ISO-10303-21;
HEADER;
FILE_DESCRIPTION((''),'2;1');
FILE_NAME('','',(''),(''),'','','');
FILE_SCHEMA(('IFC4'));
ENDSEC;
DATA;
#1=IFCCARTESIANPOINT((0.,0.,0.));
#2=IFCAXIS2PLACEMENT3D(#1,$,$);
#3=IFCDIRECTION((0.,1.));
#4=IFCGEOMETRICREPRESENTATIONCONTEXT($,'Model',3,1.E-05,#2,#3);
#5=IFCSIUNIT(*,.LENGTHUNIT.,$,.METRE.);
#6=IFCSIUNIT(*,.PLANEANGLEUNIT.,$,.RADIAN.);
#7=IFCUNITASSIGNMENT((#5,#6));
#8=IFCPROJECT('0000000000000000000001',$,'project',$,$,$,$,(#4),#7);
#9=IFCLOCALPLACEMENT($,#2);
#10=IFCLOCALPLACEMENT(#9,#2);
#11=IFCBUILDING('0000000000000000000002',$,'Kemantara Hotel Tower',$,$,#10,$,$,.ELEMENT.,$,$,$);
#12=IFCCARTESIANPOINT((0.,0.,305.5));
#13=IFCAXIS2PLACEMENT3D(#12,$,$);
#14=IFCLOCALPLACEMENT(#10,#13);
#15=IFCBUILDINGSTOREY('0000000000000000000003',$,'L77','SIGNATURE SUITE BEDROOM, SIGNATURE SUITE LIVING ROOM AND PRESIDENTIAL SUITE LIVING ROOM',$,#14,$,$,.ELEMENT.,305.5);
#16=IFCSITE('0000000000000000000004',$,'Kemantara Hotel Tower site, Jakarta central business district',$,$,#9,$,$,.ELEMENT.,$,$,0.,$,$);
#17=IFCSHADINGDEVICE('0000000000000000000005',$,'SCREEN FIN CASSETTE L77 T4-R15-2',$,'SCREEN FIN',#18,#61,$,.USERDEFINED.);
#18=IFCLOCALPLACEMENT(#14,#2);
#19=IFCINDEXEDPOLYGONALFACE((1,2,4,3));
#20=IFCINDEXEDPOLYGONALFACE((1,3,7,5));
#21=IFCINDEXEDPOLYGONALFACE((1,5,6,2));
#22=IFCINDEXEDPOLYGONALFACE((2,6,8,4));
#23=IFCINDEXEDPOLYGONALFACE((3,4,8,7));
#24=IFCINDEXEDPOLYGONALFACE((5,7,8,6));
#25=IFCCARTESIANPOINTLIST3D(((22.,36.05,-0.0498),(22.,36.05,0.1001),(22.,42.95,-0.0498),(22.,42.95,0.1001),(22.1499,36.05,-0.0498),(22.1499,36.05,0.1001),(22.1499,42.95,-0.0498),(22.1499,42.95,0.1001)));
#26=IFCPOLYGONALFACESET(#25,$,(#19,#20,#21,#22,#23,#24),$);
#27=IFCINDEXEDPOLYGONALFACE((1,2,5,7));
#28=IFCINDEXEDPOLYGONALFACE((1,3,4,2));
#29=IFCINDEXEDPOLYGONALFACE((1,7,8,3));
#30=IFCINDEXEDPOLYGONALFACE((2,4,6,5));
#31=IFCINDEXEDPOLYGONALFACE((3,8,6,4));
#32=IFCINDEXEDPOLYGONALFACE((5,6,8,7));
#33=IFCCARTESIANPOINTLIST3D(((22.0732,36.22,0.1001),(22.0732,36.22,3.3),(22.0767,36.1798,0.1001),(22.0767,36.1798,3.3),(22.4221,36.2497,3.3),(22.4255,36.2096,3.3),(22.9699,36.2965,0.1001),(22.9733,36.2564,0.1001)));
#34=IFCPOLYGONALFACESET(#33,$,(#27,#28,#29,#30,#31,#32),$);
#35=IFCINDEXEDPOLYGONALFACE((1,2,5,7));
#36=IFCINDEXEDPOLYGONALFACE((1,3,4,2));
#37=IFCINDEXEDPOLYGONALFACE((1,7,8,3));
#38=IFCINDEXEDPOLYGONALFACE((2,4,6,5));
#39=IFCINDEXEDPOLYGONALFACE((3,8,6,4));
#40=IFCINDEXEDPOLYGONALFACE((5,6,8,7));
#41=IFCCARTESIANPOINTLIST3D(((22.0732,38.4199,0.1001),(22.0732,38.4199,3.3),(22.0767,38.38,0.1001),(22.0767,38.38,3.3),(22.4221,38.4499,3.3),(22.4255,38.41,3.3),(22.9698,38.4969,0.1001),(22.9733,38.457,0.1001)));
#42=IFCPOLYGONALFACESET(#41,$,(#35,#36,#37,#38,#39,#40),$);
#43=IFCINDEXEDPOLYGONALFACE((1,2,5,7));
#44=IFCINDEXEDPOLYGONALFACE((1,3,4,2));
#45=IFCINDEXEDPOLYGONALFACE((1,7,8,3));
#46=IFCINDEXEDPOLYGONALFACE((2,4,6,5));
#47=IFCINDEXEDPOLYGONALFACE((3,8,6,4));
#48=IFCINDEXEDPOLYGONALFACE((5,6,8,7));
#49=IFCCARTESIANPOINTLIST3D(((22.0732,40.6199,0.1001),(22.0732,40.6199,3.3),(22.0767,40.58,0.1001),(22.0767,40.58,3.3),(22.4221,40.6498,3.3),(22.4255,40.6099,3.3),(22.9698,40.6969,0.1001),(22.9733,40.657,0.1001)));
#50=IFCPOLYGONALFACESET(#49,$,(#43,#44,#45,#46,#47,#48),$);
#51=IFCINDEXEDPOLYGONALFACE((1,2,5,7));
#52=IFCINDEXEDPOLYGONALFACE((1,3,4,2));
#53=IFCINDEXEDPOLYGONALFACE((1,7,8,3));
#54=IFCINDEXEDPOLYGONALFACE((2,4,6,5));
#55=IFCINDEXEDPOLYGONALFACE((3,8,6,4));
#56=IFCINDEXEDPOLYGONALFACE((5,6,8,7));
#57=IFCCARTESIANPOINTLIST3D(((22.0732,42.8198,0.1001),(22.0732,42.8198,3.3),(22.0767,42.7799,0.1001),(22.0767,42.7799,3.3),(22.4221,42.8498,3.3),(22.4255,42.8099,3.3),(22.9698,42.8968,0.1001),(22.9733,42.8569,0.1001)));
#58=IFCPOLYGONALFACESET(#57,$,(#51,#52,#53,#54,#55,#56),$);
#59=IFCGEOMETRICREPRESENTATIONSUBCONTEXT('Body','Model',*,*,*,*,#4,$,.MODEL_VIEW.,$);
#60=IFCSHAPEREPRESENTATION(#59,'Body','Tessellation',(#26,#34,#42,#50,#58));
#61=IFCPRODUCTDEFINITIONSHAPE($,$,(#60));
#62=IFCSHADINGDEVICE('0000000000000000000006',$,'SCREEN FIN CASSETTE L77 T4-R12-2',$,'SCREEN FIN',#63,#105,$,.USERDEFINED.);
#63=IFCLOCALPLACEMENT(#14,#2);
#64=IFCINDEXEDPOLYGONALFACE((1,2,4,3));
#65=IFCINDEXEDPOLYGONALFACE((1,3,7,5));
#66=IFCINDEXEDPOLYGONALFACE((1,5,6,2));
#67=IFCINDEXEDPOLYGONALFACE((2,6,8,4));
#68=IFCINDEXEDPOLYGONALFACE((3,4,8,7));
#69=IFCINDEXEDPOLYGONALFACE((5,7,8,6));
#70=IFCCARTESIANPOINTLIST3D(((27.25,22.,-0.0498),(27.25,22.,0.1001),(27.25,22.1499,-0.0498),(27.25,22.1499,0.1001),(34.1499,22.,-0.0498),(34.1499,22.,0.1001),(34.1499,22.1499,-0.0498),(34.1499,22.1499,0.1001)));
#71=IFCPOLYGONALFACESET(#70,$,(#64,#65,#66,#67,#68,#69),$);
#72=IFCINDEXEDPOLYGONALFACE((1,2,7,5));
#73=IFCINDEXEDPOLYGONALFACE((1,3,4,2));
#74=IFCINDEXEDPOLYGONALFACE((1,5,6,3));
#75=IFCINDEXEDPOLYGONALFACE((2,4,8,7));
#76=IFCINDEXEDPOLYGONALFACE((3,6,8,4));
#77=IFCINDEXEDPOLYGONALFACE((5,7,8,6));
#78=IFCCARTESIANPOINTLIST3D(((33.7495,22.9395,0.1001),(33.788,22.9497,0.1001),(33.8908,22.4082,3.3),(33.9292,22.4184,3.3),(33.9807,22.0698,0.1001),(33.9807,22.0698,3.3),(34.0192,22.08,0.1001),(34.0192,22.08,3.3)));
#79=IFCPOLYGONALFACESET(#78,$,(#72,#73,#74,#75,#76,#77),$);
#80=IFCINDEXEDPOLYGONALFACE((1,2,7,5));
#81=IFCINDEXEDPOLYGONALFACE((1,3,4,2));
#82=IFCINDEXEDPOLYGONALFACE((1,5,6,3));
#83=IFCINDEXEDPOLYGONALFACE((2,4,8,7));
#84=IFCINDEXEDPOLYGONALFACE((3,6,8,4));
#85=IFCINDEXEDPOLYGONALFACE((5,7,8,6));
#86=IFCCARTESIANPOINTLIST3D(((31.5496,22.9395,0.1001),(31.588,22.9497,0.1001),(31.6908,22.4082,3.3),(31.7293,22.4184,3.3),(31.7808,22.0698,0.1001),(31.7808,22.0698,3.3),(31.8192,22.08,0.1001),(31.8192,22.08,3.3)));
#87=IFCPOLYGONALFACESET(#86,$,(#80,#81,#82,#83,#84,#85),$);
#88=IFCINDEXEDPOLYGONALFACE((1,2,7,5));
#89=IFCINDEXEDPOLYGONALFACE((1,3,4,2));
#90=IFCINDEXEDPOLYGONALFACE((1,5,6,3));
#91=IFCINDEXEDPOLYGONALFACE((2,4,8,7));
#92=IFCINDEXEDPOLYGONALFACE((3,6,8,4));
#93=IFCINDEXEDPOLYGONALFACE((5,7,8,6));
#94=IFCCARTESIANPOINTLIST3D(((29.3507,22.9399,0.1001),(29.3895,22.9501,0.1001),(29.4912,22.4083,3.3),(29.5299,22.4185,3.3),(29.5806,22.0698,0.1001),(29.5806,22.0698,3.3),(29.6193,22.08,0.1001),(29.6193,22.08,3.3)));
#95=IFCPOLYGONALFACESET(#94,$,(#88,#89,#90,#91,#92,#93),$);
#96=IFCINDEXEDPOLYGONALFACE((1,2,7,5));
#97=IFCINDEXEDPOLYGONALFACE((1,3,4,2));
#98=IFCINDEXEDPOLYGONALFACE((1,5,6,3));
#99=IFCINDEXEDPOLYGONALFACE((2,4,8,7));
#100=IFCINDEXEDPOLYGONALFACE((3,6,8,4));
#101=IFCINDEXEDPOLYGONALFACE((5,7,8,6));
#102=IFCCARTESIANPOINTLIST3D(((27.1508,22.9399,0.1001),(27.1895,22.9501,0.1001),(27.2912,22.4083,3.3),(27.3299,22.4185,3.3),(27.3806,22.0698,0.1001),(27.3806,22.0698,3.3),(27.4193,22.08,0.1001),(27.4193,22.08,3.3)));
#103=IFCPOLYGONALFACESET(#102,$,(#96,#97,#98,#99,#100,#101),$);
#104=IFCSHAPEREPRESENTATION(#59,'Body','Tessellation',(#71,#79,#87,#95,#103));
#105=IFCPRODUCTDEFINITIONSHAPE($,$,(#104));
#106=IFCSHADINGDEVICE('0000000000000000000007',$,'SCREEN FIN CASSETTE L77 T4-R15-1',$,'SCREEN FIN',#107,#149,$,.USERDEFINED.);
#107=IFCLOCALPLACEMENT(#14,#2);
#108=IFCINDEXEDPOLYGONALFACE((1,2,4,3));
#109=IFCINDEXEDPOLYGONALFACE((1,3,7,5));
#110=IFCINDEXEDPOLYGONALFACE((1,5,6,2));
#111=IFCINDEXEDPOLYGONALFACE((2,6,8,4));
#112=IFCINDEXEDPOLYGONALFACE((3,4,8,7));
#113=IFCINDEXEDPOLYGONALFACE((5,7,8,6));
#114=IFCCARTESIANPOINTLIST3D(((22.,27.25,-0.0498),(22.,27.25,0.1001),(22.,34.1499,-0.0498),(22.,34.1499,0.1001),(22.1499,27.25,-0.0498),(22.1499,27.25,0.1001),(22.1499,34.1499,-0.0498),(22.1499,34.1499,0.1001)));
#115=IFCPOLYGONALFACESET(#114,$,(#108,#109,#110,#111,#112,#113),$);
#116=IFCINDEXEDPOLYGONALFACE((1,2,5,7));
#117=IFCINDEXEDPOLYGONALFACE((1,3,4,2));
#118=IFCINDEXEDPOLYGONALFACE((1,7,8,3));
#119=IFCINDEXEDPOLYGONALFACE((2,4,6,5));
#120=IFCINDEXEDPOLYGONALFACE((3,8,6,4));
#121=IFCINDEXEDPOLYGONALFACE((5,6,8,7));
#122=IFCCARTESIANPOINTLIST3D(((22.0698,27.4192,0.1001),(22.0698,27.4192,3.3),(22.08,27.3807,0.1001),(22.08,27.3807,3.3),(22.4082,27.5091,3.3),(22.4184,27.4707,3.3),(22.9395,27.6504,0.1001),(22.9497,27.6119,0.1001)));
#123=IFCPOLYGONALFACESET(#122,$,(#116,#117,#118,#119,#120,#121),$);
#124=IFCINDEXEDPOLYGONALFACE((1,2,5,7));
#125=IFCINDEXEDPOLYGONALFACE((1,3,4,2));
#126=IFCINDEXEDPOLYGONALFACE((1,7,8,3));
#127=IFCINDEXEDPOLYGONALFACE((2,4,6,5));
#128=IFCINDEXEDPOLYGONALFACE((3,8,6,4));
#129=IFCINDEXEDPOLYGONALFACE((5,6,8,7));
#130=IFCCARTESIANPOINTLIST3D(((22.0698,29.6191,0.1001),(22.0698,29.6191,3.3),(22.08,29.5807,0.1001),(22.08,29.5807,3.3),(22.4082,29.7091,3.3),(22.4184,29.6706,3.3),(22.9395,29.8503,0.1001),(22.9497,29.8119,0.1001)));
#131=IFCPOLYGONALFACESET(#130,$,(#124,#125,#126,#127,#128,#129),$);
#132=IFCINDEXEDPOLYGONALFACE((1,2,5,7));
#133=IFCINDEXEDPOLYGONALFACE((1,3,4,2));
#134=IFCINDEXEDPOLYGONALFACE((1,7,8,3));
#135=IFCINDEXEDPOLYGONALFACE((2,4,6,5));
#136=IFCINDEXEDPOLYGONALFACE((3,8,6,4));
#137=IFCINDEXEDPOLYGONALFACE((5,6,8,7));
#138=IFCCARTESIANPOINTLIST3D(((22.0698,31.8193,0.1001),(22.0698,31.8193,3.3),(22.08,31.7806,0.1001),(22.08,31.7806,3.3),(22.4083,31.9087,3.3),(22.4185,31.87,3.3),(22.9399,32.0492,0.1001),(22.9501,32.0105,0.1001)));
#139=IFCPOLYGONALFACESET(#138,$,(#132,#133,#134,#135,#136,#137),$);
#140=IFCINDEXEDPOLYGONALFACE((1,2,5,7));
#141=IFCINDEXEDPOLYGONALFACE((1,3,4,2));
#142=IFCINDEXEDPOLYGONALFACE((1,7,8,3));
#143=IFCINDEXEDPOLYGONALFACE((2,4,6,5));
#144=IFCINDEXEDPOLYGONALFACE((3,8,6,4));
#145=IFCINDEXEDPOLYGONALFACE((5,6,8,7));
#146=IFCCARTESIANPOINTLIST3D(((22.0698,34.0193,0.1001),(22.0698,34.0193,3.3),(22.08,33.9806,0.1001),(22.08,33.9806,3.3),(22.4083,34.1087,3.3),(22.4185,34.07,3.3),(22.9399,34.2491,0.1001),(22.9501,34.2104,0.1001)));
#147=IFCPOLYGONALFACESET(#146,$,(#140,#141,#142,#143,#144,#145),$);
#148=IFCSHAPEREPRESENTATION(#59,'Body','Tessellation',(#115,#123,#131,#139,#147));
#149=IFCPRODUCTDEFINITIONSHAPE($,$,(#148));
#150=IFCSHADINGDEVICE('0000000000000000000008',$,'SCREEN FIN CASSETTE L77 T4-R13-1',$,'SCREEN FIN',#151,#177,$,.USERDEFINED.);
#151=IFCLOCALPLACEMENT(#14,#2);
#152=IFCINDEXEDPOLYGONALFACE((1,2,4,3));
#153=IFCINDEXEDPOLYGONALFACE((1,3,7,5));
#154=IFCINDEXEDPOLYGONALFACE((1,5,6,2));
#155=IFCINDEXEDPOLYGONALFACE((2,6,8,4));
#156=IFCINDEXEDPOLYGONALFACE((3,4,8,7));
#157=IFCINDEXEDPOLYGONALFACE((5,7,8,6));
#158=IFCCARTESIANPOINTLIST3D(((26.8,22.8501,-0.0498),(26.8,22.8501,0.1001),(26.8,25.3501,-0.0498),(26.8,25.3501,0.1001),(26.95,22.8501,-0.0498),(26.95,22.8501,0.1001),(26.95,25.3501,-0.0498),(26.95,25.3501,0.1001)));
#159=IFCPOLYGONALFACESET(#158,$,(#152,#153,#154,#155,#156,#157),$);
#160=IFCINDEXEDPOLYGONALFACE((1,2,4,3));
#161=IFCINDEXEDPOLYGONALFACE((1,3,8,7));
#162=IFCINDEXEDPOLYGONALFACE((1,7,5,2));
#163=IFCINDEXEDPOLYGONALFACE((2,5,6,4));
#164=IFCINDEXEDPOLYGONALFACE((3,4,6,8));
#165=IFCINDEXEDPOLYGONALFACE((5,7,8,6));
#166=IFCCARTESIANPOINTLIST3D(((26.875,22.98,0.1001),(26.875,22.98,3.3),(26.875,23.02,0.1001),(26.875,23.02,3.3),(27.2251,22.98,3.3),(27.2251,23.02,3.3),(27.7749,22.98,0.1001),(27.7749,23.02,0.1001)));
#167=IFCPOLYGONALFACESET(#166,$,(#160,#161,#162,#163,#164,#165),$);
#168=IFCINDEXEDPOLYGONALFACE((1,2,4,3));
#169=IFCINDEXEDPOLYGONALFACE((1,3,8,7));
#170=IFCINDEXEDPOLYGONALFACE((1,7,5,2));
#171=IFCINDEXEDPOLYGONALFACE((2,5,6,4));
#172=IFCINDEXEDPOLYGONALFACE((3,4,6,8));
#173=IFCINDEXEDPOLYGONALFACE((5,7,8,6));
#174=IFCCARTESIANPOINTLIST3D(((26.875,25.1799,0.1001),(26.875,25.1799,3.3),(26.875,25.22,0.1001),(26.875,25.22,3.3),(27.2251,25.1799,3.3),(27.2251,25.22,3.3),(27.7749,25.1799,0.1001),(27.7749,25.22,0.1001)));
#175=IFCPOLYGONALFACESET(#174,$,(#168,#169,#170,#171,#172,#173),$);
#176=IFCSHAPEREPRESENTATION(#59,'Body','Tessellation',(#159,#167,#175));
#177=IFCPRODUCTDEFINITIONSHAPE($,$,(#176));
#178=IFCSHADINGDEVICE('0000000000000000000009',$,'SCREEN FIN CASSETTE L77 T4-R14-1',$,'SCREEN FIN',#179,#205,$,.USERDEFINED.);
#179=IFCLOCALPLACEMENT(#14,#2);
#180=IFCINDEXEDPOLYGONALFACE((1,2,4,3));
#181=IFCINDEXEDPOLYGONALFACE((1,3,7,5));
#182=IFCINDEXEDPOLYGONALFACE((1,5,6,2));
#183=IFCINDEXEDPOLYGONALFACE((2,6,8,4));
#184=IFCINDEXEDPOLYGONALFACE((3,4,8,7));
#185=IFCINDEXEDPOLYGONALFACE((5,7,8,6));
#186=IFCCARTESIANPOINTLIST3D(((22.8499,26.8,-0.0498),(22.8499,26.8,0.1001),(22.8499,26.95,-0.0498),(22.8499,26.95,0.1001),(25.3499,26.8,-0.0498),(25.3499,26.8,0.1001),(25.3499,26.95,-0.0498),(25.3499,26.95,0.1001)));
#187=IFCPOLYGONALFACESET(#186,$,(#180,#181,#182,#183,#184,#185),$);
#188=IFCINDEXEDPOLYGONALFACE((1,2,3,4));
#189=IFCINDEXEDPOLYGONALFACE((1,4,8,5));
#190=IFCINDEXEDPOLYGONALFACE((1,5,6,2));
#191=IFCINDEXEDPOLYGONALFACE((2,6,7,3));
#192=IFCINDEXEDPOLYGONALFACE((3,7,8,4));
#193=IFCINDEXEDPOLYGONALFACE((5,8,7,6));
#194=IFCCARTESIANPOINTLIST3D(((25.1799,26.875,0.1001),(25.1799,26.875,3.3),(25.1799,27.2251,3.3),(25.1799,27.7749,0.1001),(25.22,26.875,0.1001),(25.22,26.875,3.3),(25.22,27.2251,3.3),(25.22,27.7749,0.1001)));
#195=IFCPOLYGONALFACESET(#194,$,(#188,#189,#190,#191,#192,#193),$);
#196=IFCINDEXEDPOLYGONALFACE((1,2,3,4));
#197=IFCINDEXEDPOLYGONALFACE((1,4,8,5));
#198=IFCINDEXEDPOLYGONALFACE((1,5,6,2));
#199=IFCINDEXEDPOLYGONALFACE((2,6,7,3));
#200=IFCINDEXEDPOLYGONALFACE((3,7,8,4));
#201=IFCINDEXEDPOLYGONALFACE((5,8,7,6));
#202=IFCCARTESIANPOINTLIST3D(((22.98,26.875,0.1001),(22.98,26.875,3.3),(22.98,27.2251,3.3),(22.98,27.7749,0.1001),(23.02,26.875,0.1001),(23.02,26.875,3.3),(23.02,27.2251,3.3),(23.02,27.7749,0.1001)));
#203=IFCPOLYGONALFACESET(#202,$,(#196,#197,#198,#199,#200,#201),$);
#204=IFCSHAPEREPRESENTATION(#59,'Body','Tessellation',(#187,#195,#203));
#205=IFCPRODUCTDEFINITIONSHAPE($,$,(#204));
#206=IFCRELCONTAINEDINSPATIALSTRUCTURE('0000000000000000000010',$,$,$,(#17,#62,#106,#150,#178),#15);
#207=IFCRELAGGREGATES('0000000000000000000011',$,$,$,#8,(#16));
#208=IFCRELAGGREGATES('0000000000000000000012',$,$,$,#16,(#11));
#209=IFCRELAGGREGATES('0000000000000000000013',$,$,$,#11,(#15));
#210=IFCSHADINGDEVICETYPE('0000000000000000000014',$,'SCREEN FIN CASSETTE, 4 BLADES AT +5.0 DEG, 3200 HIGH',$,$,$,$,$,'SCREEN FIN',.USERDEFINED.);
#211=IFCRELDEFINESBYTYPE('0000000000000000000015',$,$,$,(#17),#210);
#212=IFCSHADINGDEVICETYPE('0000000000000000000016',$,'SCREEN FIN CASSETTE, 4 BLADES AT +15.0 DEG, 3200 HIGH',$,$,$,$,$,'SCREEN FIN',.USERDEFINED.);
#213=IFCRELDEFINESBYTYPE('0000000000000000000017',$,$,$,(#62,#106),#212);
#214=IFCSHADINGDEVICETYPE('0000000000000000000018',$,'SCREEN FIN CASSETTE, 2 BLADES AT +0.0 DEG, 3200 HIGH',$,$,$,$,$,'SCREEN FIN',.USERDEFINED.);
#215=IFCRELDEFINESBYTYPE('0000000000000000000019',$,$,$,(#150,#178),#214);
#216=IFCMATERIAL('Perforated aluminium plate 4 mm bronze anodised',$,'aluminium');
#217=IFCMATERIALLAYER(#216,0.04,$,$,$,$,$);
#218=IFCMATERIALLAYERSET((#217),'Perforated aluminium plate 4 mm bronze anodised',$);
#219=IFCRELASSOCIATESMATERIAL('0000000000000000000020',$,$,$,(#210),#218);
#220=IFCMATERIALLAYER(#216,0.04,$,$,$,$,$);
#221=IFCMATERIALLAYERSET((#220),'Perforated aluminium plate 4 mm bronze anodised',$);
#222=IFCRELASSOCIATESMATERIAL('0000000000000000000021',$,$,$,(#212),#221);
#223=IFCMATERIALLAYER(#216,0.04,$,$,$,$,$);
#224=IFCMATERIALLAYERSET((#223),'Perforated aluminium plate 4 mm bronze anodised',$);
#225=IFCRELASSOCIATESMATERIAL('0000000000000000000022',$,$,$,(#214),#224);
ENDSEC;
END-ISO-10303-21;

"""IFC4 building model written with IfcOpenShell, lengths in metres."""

from ifc_helpers import new_model, si_unit, direction, frame, origin, origin_2d, place, context, subcontext, project, spatial, polyline, rectangle, outline, extrude, source, transform, mapped, material, layer, layer_set, type_object, element, save


model = new_model("IFC4")

# Units and contexts
model_context = context("Model", 3, precision=1e-05, world=origin(), true_north=direction((0.0, 1.0)))
body_context = subcontext(model_context, "Body", "Model", "MODEL_VIEW")
ifc_project = project(units=[si_unit("LENGTHUNIT", "METRE"), si_unit("PLANEANGLEUNIT", "RADIAN")], contexts=[model_context])

# Site, building, storey
site_placement = place(None, origin())
site = spatial("IfcSite", under=ifc_project, at=site_placement, Name="Kemantara Hotel Tower site, Jakarta central business district", CompositionType="ELEMENT", RefElevation=0.0)
building_placement = place(site_placement, origin())
building = spatial("IfcBuilding", under=site, at=building_placement, Name="Kemantara Hotel Tower", CompositionType="ELEMENT")
storey_placement = place(building_placement, frame((0.0, 0.0, 305.5)))
storey = spatial("IfcBuildingStorey", under=building, at=storey_placement, Name="L77", Description="SIGNATURE SUITE BEDROOM, SIGNATURE SUITE LIVING ROOM AND PRESIDENTIAL SUITE LIVING ROOM", CompositionType="ELEMENT", Elevation=305.5)

# Shading devices
ifc_material_1 = material(Name="Perforated aluminium plate 4 mm bronze anodised", Category="aluminium")
ifc_layer_1 = layer(ifc_material_1, 0.04)
ifc_layer_set_1 = layer_set([ifc_layer_1], Name="Perforated aluminium plate 4 mm bronze anodised")
shading_device_type_1 = type_object("IfcShadingDeviceType", Name="SCREEN FIN CASSETTE, 4 BLADES AT +5.0 DEG, 3200 HIGH", ElementType="SCREEN FIN", PredefinedType="USERDEFINED", material=ifc_layer_set_1)
shared_shape_1 = source(origin(), body_context, "Body", "SweptSolid", [
    extrude(rectangle(XDim=6.8999, YDim=0.1499, at=origin_2d()), frame((3.3, -0.075, -0.1499), z_axis=(0.0, 0.0, 1.0), x_axis=(1.0, 0.0, 0.0)), (0.0, 0.0, 1.0), 0.1499),
    extrude(outline(polyline([(0.0, 0.0), (0.8999, 0.0), (0.3501, 3.2), (0.0, 3.2), (0.0, 0.0)])), frame((0.02, -0.0732, 0.0), z_axis=(-0.996376, -0.085056, 0.0), x_axis=(0.085056, -0.996376, 0.0)), (0.0, 0.0, 1.0), 0.0403),
    extrude(outline(polyline([(0.0, 0.0), (0.8999, 0.0), (0.3501, 3.2), (0.0, 3.2), (0.0, 0.0)])), frame((2.22, -0.0732, 0.0), z_axis=(-0.996332, -0.085575, 0.0), x_axis=(0.085575, -0.996332, 0.0)), (0.0, 0.0, 1.0), 0.04),
    extrude(outline(polyline([(0.0, 0.0), (0.8999, 0.0), (0.3501, 3.2), (0.0, 3.2), (0.0, 0.0)])), frame((4.4199, -0.0732, 0.0), z_axis=(-0.996332, -0.085575, 0.0), x_axis=(0.085575, -0.996332, 0.0)), (0.0, 0.0, 1.0), 0.04),
    extrude(outline(polyline([(0.0, 0.0), (0.8999, 0.0), (0.3501, 3.2), (0.0, 3.2), (0.0, 0.0)])), frame((6.6199, -0.0732, 0.0), z_axis=(-0.996332, -0.085575, 0.0), x_axis=(0.085575, -0.996332, 0.0)), (0.0, 0.0, 1.0), 0.04),
])
shading_device_placement = place(storey_placement, frame((22.0, 36.2, 0.1001), z_axis=(0.0, 0.0, 1.0), x_axis=(0.0, 1.0, 0.0)))
element("IfcShadingDevice", 1, at=shading_device_placement, inside=storey, type_object=shading_device_type_1, Name="SCREEN FIN CASSETTE L77 T4-R15-2", ObjectType="SCREEN FIN", PredefinedType="USERDEFINED", context=body_context, shape_type="MappedRepresentation", body=[
    mapped(shared_shape_1, transform((0.0, 0.0, 0.0))),
])
ifc_layer_2 = layer(ifc_material_1, 0.04)
ifc_layer_set_2 = layer_set([ifc_layer_2], Name="Perforated aluminium plate 4 mm bronze anodised")
shading_device_type_2 = type_object("IfcShadingDeviceType", Name="SCREEN FIN CASSETTE, 4 BLADES AT +15.0 DEG, 3200 HIGH", ElementType="SCREEN FIN", PredefinedType="USERDEFINED", material=ifc_layer_set_2)
shared_shape_2 = source(origin(), body_context, "Body", "SweptSolid", [
    extrude(rectangle(XDim=6.8999, YDim=0.1499, at=origin_2d()), frame((3.3, -0.075, -0.1499), z_axis=(0.0, 0.0, 1.0), x_axis=(1.0, 0.0, 0.0)), (0.0, 0.0, 1.0), 0.1499),
    extrude(outline(polyline([(0.0, 0.0), (0.8999, 0.0), (0.3501, 3.2), (0.0, 3.2), (0.0, 0.0)])), frame((0.0193, -0.0698, 0.0), z_axis=(-0.966438, -0.256901, 0.0), x_axis=(0.256901, -0.966438, 0.0)), (0.0, 0.0, 1.0), 0.0398),
    extrude(outline(polyline([(0.0, 0.0), (0.8999, 0.0), (0.3501, 3.2), (0.0, 3.2), (0.0, 0.0)])), frame((2.2192, -0.0698, 0.0), z_axis=(-0.966438, -0.256901, 0.0), x_axis=(0.256901, -0.966438, 0.0)), (0.0, 0.0, 1.0), 0.0398),
    extrude(outline(polyline([(0.0, 0.0), (0.8999, 0.0), (0.3501, 3.2), (0.0, 3.2), (0.0, 0.0)])), frame((4.4194, -0.0698, 0.0), z_axis=(-0.966838, -0.255391, 0.0), x_axis=(0.255391, -0.966838, 0.0)), (0.0, 0.0, 1.0), 0.04),
    extrude(outline(polyline([(0.0, 0.0), (0.8999, 0.0), (0.3501, 3.2), (0.0, 3.2), (0.0, 0.0)])), frame((6.6194, -0.0698, 0.0), z_axis=(-0.966838, -0.255391, 0.0), x_axis=(0.255391, -0.966838, 0.0)), (0.0, 0.0, 1.0), 0.04),
])
for number, where, z_axis, x_axis, name in (
    (2, (34.0, 22.0, 0.1001), (0.0, 0.0, 1.0), (-1.0, 0.0, 0.0), "SCREEN FIN CASSETTE L77 T4-R12-2"),
    (3, (22.0, 27.3999, 0.1001), (0.0, 0.0, 1.0), (0.0, 1.0, 0.0), "SCREEN FIN CASSETTE L77 T4-R15-1"),
):
    element("IfcShadingDevice", number, at=place(storey_placement, frame(where, z_axis=z_axis, x_axis=x_axis)), inside=storey, type_object=shading_device_type_2, Name=name, ObjectType="SCREEN FIN", PredefinedType="USERDEFINED", context=body_context, shape_type="MappedRepresentation", body=[
        mapped(shared_shape_2, transform((0.0, 0.0, 0.0))),
    ])
ifc_layer_3 = layer(ifc_material_1, 0.04)
ifc_layer_set_3 = layer_set([ifc_layer_3], Name="Perforated aluminium plate 4 mm bronze anodised")
shading_device_type_3 = type_object("IfcShadingDeviceType", Name="SCREEN FIN CASSETTE, 2 BLADES AT +0.0 DEG, 3200 HIGH", ElementType="SCREEN FIN", PredefinedType="USERDEFINED", material=ifc_layer_set_3)
shared_shape_3 = source(origin(), body_context, "Body", "SweptSolid", [
    extrude(rectangle(XDim=2.5, YDim=0.1499, at=origin_2d()), frame((1.1001, -0.075, -0.1499), z_axis=(0.0, 0.0, 1.0), x_axis=(1.0, 0.0, 0.0)), (0.0, 0.0, 1.0), 0.1499),
    extrude(outline(polyline([(0.0, 0.0), (0.8999, 0.0), (0.3501, 3.2), (0.0, 3.2), (0.0, 0.0)])), frame((0.02, -0.075, 0.0), z_axis=(-1.0, 0.0, 0.0), x_axis=(0.0, -1.0, 0.0)), (0.0, 0.0, 1.0), 0.04),
    extrude(outline(polyline([(0.0, 0.0), (0.8999, 0.0), (0.3501, 3.2), (0.0, 3.2), (0.0, 0.0)])), frame((2.22, -0.075, 0.0), z_axis=(-1.0, 0.0, 0.0), x_axis=(0.0, -1.0, 0.0)), (0.0, 0.0, 1.0), 0.04),
])
for number, where, z_axis, x_axis, name in (
    (4, (26.8, 23.0, 0.1001), (0.0, 0.0, 1.0), (0.0, 1.0, 0.0), "SCREEN FIN CASSETTE L77 T4-R13-1"),
    (5, (25.2, 26.8, 0.1001), (0.0, 0.0, 1.0), (-1.0, 0.0, 0.0), "SCREEN FIN CASSETTE L77 T4-R14-1"),
):
    element("IfcShadingDevice", number, at=place(storey_placement, frame(where, z_axis=z_axis, x_axis=x_axis)), inside=storey, type_object=shading_device_type_3, Name=name, ObjectType="SCREEN FIN", PredefinedType="USERDEFINED", context=body_context, shape_type="MappedRepresentation", body=[
        mapped(shared_shape_3, transform((0.0, 0.0, 0.0))),
    ])

save(model, "model.ifc")
